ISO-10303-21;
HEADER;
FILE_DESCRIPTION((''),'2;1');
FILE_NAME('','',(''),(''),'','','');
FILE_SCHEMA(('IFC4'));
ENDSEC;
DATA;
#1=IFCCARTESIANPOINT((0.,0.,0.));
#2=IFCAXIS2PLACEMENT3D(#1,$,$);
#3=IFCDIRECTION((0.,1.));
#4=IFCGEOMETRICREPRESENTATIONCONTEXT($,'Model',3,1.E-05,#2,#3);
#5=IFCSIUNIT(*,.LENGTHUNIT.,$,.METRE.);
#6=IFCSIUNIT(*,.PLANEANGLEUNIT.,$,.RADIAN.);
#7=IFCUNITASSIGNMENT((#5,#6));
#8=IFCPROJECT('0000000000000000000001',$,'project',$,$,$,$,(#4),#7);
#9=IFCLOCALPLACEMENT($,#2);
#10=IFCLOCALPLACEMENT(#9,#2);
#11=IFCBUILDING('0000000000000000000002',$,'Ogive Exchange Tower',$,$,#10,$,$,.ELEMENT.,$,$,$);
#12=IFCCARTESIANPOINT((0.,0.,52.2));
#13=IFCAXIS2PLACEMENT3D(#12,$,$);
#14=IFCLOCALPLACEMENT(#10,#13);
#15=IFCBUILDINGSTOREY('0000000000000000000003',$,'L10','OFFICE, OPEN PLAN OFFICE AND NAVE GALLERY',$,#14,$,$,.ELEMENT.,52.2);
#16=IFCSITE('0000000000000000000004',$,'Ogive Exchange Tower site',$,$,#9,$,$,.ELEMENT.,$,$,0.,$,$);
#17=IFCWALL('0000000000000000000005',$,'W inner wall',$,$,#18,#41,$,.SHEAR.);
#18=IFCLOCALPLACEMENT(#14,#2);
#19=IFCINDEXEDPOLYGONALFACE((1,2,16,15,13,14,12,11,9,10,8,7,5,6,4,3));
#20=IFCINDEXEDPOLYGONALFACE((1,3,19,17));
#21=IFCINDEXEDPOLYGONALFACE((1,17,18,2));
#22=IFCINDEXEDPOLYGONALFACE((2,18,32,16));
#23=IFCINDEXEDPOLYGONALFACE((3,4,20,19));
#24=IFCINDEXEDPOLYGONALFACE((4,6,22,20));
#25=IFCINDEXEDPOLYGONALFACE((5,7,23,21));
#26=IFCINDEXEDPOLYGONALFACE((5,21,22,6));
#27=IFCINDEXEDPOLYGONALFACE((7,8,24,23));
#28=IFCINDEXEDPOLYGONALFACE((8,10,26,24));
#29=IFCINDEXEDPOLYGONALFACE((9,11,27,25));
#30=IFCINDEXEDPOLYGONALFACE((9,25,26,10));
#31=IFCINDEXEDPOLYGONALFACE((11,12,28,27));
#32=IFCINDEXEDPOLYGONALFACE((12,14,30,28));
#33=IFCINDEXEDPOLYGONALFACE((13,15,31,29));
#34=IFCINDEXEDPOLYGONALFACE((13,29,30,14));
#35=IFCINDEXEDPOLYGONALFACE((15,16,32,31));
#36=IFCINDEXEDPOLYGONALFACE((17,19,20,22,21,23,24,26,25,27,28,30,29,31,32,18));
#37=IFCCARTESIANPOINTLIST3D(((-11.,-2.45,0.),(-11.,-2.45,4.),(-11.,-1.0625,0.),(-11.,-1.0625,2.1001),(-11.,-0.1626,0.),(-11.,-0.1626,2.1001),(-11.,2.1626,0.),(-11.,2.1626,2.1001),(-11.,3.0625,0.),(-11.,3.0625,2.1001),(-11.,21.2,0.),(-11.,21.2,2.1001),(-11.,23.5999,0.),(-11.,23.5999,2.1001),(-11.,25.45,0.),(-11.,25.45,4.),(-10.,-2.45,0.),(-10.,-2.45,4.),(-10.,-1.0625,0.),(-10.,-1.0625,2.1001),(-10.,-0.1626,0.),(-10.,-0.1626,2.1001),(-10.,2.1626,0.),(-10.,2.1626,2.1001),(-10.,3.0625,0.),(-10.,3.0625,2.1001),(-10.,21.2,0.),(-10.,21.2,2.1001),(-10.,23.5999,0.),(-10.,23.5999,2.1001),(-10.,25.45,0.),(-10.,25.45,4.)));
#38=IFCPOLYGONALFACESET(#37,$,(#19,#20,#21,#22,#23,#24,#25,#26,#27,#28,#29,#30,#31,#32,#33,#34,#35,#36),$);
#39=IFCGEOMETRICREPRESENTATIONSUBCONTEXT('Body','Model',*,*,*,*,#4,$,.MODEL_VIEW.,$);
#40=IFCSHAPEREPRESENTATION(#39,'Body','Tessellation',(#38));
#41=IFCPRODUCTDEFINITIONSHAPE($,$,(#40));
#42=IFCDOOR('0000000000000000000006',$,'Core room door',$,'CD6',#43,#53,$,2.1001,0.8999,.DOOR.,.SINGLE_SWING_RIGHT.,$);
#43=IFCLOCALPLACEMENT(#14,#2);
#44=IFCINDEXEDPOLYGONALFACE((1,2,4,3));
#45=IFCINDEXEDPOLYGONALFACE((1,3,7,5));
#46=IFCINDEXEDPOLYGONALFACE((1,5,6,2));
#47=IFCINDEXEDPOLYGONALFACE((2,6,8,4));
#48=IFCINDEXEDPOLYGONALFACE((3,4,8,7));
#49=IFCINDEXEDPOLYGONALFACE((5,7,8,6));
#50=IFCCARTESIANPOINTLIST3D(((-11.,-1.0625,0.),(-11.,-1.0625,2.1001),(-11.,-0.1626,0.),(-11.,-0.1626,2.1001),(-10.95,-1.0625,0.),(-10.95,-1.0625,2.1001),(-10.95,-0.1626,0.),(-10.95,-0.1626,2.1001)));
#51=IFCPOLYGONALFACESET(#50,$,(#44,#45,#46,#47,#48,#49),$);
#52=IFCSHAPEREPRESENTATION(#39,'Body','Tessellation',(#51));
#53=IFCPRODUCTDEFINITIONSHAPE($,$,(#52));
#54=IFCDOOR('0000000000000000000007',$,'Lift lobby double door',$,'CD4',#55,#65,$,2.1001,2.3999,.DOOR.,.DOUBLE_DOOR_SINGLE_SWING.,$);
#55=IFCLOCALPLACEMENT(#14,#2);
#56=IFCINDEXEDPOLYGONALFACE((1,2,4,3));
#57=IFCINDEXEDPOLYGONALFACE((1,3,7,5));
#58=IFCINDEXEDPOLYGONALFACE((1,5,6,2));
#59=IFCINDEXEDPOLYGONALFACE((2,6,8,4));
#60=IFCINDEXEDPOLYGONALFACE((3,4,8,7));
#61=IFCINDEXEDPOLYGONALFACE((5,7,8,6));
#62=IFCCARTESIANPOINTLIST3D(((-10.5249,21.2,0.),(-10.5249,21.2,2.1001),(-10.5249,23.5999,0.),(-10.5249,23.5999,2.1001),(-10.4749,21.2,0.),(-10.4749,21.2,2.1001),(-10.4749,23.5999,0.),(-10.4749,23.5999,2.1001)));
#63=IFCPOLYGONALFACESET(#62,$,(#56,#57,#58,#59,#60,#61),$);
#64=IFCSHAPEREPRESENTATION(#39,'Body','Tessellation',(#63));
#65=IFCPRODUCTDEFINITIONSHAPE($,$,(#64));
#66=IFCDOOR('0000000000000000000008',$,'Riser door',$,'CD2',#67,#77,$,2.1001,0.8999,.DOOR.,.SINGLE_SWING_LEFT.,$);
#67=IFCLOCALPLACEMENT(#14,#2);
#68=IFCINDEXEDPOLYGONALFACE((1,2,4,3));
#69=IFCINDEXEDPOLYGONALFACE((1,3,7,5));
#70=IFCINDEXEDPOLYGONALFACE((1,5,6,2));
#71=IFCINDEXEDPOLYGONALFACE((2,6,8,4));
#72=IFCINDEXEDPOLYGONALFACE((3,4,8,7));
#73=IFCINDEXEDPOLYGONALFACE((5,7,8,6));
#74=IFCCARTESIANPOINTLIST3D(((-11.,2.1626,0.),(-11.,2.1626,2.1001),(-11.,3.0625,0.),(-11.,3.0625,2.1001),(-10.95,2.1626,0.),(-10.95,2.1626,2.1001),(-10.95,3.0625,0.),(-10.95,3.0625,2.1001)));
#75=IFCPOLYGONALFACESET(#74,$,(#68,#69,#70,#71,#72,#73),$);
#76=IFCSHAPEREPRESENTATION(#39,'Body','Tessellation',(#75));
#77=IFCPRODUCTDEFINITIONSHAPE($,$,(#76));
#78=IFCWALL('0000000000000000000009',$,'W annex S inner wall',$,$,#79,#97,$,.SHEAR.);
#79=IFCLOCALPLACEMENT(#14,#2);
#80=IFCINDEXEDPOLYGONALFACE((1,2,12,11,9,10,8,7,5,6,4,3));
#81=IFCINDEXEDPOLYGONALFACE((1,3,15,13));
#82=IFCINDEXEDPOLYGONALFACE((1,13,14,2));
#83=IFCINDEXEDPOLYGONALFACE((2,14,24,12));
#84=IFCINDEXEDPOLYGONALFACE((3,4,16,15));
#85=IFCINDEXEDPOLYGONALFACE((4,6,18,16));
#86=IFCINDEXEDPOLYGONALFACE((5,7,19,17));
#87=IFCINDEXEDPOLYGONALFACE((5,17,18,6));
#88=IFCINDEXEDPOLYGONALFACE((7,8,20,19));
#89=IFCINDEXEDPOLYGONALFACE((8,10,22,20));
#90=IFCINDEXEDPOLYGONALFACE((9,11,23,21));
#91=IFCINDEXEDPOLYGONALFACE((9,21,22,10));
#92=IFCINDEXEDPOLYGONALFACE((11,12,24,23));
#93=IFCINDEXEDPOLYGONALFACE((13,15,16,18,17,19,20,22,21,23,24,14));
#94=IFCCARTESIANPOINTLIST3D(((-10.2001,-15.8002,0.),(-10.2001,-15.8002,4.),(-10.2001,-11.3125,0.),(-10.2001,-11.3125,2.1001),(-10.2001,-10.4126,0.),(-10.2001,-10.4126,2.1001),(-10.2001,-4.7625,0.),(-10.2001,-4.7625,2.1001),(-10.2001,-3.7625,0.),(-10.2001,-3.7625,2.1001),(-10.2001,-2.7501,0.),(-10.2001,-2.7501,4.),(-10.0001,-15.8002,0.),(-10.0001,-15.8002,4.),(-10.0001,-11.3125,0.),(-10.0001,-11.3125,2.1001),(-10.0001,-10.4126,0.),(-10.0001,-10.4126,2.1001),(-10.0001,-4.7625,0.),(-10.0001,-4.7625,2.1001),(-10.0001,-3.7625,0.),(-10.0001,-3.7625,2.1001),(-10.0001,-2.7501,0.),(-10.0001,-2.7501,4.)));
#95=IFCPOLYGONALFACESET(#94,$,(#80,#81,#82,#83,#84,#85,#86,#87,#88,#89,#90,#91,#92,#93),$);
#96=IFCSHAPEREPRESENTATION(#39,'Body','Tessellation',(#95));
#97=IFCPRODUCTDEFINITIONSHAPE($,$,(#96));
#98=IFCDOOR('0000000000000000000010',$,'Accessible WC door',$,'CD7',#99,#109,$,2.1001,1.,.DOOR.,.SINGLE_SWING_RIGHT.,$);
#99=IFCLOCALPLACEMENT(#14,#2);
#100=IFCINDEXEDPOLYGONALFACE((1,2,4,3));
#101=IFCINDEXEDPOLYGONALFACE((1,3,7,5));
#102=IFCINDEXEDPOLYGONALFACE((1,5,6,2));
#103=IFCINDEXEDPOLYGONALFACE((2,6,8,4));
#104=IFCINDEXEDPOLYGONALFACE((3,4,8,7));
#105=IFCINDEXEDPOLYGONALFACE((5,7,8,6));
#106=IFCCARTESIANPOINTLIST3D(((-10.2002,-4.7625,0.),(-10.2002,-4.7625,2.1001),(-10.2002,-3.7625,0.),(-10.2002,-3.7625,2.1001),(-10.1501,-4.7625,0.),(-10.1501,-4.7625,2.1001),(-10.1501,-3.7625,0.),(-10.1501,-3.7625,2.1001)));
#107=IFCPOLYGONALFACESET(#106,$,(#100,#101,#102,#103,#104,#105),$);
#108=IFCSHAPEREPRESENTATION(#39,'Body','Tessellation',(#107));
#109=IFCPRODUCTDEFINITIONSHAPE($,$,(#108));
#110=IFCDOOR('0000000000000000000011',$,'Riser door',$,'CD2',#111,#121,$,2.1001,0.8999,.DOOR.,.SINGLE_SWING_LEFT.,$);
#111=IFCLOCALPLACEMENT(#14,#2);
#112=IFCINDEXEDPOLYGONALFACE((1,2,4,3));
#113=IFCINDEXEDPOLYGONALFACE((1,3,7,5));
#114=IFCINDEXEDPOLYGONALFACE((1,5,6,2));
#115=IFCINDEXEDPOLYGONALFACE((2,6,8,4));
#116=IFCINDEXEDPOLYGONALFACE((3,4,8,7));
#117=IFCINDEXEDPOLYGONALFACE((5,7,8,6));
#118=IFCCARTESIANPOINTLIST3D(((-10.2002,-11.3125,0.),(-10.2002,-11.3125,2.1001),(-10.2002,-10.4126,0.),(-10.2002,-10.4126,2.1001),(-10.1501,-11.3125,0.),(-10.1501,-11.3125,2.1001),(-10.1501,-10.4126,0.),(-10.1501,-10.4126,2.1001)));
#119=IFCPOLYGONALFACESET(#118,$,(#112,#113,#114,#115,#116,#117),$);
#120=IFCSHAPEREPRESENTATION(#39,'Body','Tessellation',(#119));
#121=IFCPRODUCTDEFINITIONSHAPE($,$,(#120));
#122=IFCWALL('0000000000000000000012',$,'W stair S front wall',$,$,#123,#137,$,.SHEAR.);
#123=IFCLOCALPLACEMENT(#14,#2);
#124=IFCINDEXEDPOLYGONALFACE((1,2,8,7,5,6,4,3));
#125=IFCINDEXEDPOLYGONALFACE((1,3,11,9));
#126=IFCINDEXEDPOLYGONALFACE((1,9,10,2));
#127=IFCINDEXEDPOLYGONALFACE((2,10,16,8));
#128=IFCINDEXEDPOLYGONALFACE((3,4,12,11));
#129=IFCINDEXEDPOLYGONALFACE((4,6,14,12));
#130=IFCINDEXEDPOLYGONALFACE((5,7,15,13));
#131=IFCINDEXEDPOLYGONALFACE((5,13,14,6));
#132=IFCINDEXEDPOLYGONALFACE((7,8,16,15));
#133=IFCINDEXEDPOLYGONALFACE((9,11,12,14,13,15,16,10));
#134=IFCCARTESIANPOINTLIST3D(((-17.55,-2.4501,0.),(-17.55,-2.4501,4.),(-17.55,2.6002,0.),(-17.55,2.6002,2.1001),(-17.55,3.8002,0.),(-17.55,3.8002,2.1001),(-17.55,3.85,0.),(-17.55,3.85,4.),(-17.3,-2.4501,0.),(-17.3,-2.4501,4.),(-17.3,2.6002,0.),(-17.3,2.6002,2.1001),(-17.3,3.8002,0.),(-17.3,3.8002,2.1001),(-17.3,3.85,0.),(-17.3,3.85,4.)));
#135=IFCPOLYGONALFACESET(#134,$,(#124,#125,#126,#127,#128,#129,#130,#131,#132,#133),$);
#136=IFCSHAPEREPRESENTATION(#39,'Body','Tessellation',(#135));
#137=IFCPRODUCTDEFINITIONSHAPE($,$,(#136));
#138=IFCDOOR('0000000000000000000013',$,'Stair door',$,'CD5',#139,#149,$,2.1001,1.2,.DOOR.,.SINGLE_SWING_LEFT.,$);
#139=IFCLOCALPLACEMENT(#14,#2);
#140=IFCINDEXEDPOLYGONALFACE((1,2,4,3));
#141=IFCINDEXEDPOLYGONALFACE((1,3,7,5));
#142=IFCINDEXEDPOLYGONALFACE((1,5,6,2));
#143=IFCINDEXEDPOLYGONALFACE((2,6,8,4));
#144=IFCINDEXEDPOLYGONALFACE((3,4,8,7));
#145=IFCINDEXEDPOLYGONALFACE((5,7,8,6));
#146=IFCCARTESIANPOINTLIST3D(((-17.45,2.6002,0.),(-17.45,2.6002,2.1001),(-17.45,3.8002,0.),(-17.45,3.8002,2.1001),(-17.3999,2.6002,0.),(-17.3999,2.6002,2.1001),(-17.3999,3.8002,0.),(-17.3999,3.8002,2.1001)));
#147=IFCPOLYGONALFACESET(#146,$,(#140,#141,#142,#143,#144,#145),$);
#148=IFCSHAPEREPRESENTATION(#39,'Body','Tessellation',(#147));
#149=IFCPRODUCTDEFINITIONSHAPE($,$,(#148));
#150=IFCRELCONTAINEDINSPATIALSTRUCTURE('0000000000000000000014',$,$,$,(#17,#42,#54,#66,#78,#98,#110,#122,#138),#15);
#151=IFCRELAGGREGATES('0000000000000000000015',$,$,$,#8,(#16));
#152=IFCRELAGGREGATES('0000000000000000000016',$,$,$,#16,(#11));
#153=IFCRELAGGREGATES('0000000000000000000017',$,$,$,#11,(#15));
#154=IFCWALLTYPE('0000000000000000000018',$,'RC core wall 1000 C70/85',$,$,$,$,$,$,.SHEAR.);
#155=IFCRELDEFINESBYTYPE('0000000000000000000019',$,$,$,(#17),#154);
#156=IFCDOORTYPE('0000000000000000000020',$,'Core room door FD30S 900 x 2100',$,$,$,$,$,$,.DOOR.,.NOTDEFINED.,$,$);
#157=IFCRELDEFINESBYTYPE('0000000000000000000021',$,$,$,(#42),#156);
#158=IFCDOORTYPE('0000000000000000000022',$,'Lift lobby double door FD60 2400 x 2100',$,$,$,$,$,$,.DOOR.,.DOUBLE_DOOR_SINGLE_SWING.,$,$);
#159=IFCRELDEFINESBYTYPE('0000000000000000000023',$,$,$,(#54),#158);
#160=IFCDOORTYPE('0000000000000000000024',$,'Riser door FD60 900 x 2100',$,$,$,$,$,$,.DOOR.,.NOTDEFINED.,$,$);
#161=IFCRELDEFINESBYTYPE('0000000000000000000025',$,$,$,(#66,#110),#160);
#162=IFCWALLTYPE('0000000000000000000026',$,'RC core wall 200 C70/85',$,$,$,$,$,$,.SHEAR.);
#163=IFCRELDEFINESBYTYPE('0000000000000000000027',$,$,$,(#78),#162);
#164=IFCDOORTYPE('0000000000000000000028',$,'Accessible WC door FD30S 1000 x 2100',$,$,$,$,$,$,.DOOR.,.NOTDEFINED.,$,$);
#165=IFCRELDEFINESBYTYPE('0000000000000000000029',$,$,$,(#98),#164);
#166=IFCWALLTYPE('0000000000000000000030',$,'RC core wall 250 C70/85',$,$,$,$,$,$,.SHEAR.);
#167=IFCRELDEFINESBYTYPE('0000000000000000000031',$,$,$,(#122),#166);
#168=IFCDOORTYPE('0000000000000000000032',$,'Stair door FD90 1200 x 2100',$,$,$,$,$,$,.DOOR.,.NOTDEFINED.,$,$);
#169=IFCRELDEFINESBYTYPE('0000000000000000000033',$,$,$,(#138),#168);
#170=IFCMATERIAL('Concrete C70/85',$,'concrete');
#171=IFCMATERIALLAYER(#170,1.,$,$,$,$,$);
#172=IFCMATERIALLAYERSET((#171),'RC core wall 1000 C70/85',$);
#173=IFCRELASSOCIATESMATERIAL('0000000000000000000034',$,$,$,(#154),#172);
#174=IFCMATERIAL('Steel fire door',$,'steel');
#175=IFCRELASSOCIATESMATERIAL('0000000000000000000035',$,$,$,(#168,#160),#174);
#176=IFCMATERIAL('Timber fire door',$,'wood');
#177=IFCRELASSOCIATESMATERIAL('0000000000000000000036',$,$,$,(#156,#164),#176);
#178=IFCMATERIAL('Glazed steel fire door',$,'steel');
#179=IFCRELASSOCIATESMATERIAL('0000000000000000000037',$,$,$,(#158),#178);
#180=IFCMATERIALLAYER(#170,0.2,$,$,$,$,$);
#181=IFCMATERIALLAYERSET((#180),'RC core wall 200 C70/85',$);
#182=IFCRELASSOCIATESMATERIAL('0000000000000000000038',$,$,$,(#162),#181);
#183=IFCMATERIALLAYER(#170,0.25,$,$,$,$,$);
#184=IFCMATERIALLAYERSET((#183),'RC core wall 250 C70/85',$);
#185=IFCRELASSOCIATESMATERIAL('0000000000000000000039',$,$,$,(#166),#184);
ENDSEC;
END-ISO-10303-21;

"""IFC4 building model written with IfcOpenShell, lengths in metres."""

from ifc_helpers import new_model, si_unit, direction, frame, frame_2d, origin, place, context, subcontext, project, spatial, rectangle, extrude, material, layer, layer_set, type_object, element, fill, save


model = new_model("IFC4")

# Units and contexts
model_context = context("Model", 3, precision=1e-05, world=origin(), true_north=direction((0.0, 1.0)))
body_context = subcontext(model_context, "Body", "Model", "MODEL_VIEW")
ifc_project = project(units=[si_unit("LENGTHUNIT", "METRE"), si_unit("PLANEANGLEUNIT", "RADIAN")], contexts=[model_context])

# Site, building, storey
site_placement = place(None, origin())
site = spatial("IfcSite", under=ifc_project, at=site_placement, Name="Ogive Exchange Tower site", CompositionType="ELEMENT", RefElevation=0.0)
building_placement = place(site_placement, origin())
building = spatial("IfcBuilding", under=site, at=building_placement, Name="Ogive Exchange Tower", CompositionType="ELEMENT")
storey_placement = place(building_placement, frame((0.0, 0.0, 52.2)))
storey = spatial("IfcBuildingStorey", under=building, at=storey_placement, Name="L10", Description="OFFICE, OPEN PLAN OFFICE AND NAVE GALLERY", CompositionType="ELEMENT", Elevation=52.2)

# Walls, openings, doors
ifc_material_1 = material(Name="Concrete C70/85", Category="concrete")
ifc_layer_1 = layer(ifc_material_1, 1.0)
ifc_layer_set_1 = layer_set([ifc_layer_1], Name="RC core wall 1000 C70/85")
wall_type_1 = type_object("IfcWallType", Name="RC core wall 1000 C70/85", PredefinedType="SHEAR", material=ifc_layer_set_1)
ifc_material_2 = material(Name="Steel fire door", Category="steel")
door_type_1 = type_object("IfcDoorType", Name="Stair door FD90 1200 x 2100", OperationType="NOTDEFINED", PredefinedType="DOOR", material=ifc_material_2)
wall_1_placement = place(storey_placement, frame((-10.5, -2.45, 0.0), z_axis=(0.0, 0.0, 1.0), x_axis=(0.0, 1.0, 0.0)))
wall_1 = element("IfcWall", 1, at=wall_1_placement, inside=storey, type_object=wall_type_1, Name="W inner wall", PredefinedType="SHEAR", context=body_context, shape_type="SweptSolid", body=[
    extrude(rectangle(XDim=27.8999, YDim=1.0, at=frame_2d((13.95, 0.0))), origin(), (0.0, 0.0, 1.0), 4.0),
])
opening_1_placement = place(wall_1_placement, frame((23.6499, 0.0, 0.0)))
opening_1 = element("IfcOpeningElement", 2, at=opening_1_placement, cuts=wall_1, PredefinedType="OPENING", context=body_context, shape_type="SweptSolid", body=[
    extrude(rectangle(XDim=2.3999, YDim=2.1001, at=frame_2d((1.2, 1.05))), frame((0.0, 0.51, 0.0), z_axis=(0.0, -1.0, 0.0), x_axis=(1.0, 0.0, 0.0)), (0.0, 0.0, 1.0), 1.02),
])
opening_2_placement = place(wall_1_placement, frame((1.3875, 0.0, 0.0)))
opening_2 = element("IfcOpeningElement", 3, at=opening_2_placement, cuts=wall_1, PredefinedType="OPENING", context=body_context, shape_type="SweptSolid", body=[
    extrude(rectangle(XDim=0.8999, YDim=2.1001, at=frame_2d((0.45, 1.05))), frame((0.0, 0.51, 0.0), z_axis=(0.0, -1.0, 0.0), x_axis=(1.0, 0.0, 0.0)), (0.0, 0.0, 1.0), 1.02),
])
opening_3_placement = place(wall_1_placement, frame((4.6125, 0.0, 0.0)))
opening_3 = element("IfcOpeningElement", 4, at=opening_3_placement, cuts=wall_1, PredefinedType="OPENING", context=body_context, shape_type="SweptSolid", body=[
    extrude(rectangle(XDim=0.8999, YDim=2.1001, at=frame_2d((0.45, 1.05))), frame((0.0, 0.51, 0.0), z_axis=(0.0, -1.0, 0.0), x_axis=(1.0, 0.0, 0.0)), (0.0, 0.0, 1.0), 1.02),
])
ifc_material_3 = material(Name="Timber fire door", Category="wood")
door_type_2 = type_object("IfcDoorType", Name="Core room door FD30S 900 x 2100", OperationType="NOTDEFINED", PredefinedType="DOOR", material=ifc_material_3)
door_1_placement = place(opening_2_placement, origin())
door_1 = element("IfcDoor", 5, at=door_1_placement, inside=storey, type_object=door_type_2, Name="Core room door", ObjectType="CD6", OperationType="SINGLE_SWING_RIGHT", OverallHeight=2.1001, OverallWidth=0.8999, PredefinedType="DOOR", context=body_context, shape_type="SweptSolid", body=[
    extrude(rectangle(XDim=0.8999, YDim=2.1001, at=frame_2d((0.45, 1.05))), frame((0.0, 0.5, 0.0), z_axis=(0.0, -1.0, 0.0), x_axis=(1.0, 0.0, 0.0)), (0.0, 0.0, 1.0), 0.05),
])
fill(opening_2, door_1)
ifc_material_4 = material(Name="Glazed steel fire door", Category="steel")
door_type_3 = type_object("IfcDoorType", Name="Lift lobby double door FD60 2400 x 2100", OperationType="DOUBLE_DOOR_SINGLE_SWING", PredefinedType="DOOR", material=ifc_material_4)
door_2_placement = place(opening_1_placement, origin())
door_2 = element("IfcDoor", 6, at=door_2_placement, inside=storey, type_object=door_type_3, Name="Lift lobby double door", ObjectType="CD4", OperationType="DOUBLE_DOOR_SINGLE_SWING", OverallHeight=2.1001, OverallWidth=2.3999, PredefinedType="DOOR", context=body_context, shape_type="SweptSolid", body=[
    extrude(rectangle(XDim=2.3999, YDim=2.1001, at=frame_2d((1.2, 1.05))), frame((0.0, 0.0249, 0.0), z_axis=(0.0, -1.0, 0.0), x_axis=(1.0, 0.0, 0.0)), (0.0, 0.0, 1.0), 0.05),
])
fill(opening_1, door_2)
door_type_4 = type_object("IfcDoorType", Name="Riser door FD60 900 x 2100", OperationType="NOTDEFINED", PredefinedType="DOOR", material=ifc_material_2)
door_3_placement = place(opening_3_placement, origin())
door_3 = element("IfcDoor", 7, at=door_3_placement, inside=storey, type_object=door_type_4, Name="Riser door", ObjectType="CD2", OperationType="SINGLE_SWING_LEFT", OverallHeight=2.1001, OverallWidth=0.8999, PredefinedType="DOOR", context=body_context, shape_type="SweptSolid", body=[
    extrude(rectangle(XDim=0.8999, YDim=2.1001, at=frame_2d((0.45, 1.05))), frame((0.0, 0.5, 0.0), z_axis=(0.0, -1.0, 0.0), x_axis=(1.0, 0.0, 0.0)), (0.0, 0.0, 1.0), 0.05),
])
fill(opening_3, door_3)
ifc_layer_2 = layer(ifc_material_1, 0.2)
ifc_layer_set_2 = layer_set([ifc_layer_2], Name="RC core wall 200 C70/85")
wall_type_2 = type_object("IfcWallType", Name="RC core wall 200 C70/85", PredefinedType="SHEAR", material=ifc_layer_set_2)
wall_2_placement = place(storey_placement, frame((-10.1001, -15.8, 0.0), z_axis=(0.0, 0.0, 1.0), x_axis=(0.0, 1.0, 0.0)))
wall_2 = element("IfcWall", 8, at=wall_2_placement, inside=storey, type_object=wall_type_2, Name="W annex S inner wall", PredefinedType="SHEAR", context=body_context, shape_type="SweptSolid", body=[
    extrude(rectangle(XDim=13.05, YDim=0.2, at=frame_2d((6.5249, 0.0))), origin(), (0.0, 0.0, 1.0), 4.0),
])
opening_4_placement = place(wall_2_placement, frame((4.4875, 0.0, 0.0)))
opening_4 = element("IfcOpeningElement", 9, at=opening_4_placement, cuts=wall_2, PredefinedType="OPENING", context=body_context, shape_type="SweptSolid", body=[
    extrude(rectangle(XDim=0.8999, YDim=2.1001, at=frame_2d((0.45, 1.05))), frame((0.0, 0.1099, 0.0), z_axis=(0.0, -1.0, 0.0), x_axis=(1.0, 0.0, 0.0)), (0.0, 0.0, 1.0), 0.22),
])
opening_5_placement = place(wall_2_placement, frame((11.0376, 0.0, 0.0)))
opening_5 = element("IfcOpeningElement", 10, at=opening_5_placement, cuts=wall_2, PredefinedType="OPENING", context=body_context, shape_type="SweptSolid", body=[
    extrude(rectangle(XDim=1.0, YDim=2.1001, at=frame_2d((0.5, 1.05))), frame((0.0, 0.1099, 0.0), z_axis=(0.0, -1.0, 0.0), x_axis=(1.0, 0.0, 0.0)), (0.0, 0.0, 1.0), 0.22),
])
door_type_5 = type_object("IfcDoorType", Name="Accessible WC door FD30S 1000 x 2100", OperationType="NOTDEFINED", PredefinedType="DOOR", material=ifc_material_3)
door_4_placement = place(opening_5_placement, origin())
door_4 = element("IfcDoor", 11, at=door_4_placement, inside=storey, type_object=door_type_5, Name="Accessible WC door", ObjectType="CD7", OperationType="SINGLE_SWING_RIGHT", OverallHeight=2.1001, OverallWidth=1.0, PredefinedType="DOOR", context=body_context, shape_type="SweptSolid", body=[
    extrude(rectangle(XDim=1.0, YDim=2.1001, at=frame_2d((0.5, 1.05))), frame((0.0, 0.1001, 0.0), z_axis=(0.0, -1.0, 0.0), x_axis=(1.0, 0.0, 0.0)), (0.0, 0.0, 1.0), 0.05),
])
fill(opening_5, door_4)
door_5_placement = place(opening_4_placement, origin())
door_5 = element("IfcDoor", 12, at=door_5_placement, inside=storey, type_object=door_type_4, Name="Riser door", ObjectType="CD2", OperationType="SINGLE_SWING_LEFT", OverallHeight=2.1001, OverallWidth=0.8999, PredefinedType="DOOR", context=body_context, shape_type="SweptSolid", body=[
    extrude(rectangle(XDim=0.8999, YDim=2.1001, at=frame_2d((0.45, 1.05))), frame((0.0, 0.1001, 0.0), z_axis=(0.0, -1.0, 0.0), x_axis=(1.0, 0.0, 0.0)), (0.0, 0.0, 1.0), 0.05),
])
fill(opening_4, door_5)

# Wall, opening, door
ifc_layer_3 = layer(ifc_material_1, 0.25)
ifc_layer_set_3 = layer_set([ifc_layer_3], Name="RC core wall 250 C70/85")
wall_type_3 = type_object("IfcWallType", Name="RC core wall 250 C70/85", PredefinedType="SHEAR", material=ifc_layer_set_3)
wall_3_placement = place(storey_placement, frame((-17.425, -2.45, 0.0), z_axis=(0.0, 0.0, 1.0), x_axis=(0.0, 1.0, 0.0)))
wall_3 = element("IfcWall", 13, at=wall_3_placement, inside=storey, type_object=wall_type_3, Name="W stair S front wall", PredefinedType="SHEAR", context=body_context, shape_type="SweptSolid", body=[
    extrude(rectangle(XDim=6.3, YDim=0.25, at=frame_2d((3.1499, 0.0))), origin(), (0.0, 0.0, 1.0), 4.0),
])
opening_6_placement = place(wall_3_placement, frame((5.05, 0.0, 0.0)))
opening_6 = element("IfcOpeningElement", 14, at=opening_6_placement, cuts=wall_3, PredefinedType="OPENING", context=body_context, shape_type="SweptSolid", body=[
    extrude(rectangle(XDim=1.2, YDim=2.1001, at=frame_2d((0.6001, 1.05))), frame((0.0, 0.135, 0.0), z_axis=(0.0, -1.0, 0.0), x_axis=(1.0, 0.0, 0.0)), (0.0, 0.0, 1.0), 0.27),
])
door_6_placement = place(opening_6_placement, origin())
door_6 = element("IfcDoor", 15, at=door_6_placement, inside=storey, type_object=door_type_1, Name="Stair door", ObjectType="CD5", OperationType="SINGLE_SWING_LEFT", OverallHeight=2.1001, OverallWidth=1.2, PredefinedType="DOOR", context=body_context, shape_type="SweptSolid", body=[
    extrude(rectangle(XDim=1.2, YDim=2.1001, at=frame_2d((0.6001, 1.05))), frame((0.0, 0.0249, 0.0), z_axis=(0.0, -1.0, 0.0), x_axis=(1.0, 0.0, 0.0)), (0.0, 0.0, 1.0), 0.05),
])
fill(opening_6, door_6)

save(model, "model.ifc")
